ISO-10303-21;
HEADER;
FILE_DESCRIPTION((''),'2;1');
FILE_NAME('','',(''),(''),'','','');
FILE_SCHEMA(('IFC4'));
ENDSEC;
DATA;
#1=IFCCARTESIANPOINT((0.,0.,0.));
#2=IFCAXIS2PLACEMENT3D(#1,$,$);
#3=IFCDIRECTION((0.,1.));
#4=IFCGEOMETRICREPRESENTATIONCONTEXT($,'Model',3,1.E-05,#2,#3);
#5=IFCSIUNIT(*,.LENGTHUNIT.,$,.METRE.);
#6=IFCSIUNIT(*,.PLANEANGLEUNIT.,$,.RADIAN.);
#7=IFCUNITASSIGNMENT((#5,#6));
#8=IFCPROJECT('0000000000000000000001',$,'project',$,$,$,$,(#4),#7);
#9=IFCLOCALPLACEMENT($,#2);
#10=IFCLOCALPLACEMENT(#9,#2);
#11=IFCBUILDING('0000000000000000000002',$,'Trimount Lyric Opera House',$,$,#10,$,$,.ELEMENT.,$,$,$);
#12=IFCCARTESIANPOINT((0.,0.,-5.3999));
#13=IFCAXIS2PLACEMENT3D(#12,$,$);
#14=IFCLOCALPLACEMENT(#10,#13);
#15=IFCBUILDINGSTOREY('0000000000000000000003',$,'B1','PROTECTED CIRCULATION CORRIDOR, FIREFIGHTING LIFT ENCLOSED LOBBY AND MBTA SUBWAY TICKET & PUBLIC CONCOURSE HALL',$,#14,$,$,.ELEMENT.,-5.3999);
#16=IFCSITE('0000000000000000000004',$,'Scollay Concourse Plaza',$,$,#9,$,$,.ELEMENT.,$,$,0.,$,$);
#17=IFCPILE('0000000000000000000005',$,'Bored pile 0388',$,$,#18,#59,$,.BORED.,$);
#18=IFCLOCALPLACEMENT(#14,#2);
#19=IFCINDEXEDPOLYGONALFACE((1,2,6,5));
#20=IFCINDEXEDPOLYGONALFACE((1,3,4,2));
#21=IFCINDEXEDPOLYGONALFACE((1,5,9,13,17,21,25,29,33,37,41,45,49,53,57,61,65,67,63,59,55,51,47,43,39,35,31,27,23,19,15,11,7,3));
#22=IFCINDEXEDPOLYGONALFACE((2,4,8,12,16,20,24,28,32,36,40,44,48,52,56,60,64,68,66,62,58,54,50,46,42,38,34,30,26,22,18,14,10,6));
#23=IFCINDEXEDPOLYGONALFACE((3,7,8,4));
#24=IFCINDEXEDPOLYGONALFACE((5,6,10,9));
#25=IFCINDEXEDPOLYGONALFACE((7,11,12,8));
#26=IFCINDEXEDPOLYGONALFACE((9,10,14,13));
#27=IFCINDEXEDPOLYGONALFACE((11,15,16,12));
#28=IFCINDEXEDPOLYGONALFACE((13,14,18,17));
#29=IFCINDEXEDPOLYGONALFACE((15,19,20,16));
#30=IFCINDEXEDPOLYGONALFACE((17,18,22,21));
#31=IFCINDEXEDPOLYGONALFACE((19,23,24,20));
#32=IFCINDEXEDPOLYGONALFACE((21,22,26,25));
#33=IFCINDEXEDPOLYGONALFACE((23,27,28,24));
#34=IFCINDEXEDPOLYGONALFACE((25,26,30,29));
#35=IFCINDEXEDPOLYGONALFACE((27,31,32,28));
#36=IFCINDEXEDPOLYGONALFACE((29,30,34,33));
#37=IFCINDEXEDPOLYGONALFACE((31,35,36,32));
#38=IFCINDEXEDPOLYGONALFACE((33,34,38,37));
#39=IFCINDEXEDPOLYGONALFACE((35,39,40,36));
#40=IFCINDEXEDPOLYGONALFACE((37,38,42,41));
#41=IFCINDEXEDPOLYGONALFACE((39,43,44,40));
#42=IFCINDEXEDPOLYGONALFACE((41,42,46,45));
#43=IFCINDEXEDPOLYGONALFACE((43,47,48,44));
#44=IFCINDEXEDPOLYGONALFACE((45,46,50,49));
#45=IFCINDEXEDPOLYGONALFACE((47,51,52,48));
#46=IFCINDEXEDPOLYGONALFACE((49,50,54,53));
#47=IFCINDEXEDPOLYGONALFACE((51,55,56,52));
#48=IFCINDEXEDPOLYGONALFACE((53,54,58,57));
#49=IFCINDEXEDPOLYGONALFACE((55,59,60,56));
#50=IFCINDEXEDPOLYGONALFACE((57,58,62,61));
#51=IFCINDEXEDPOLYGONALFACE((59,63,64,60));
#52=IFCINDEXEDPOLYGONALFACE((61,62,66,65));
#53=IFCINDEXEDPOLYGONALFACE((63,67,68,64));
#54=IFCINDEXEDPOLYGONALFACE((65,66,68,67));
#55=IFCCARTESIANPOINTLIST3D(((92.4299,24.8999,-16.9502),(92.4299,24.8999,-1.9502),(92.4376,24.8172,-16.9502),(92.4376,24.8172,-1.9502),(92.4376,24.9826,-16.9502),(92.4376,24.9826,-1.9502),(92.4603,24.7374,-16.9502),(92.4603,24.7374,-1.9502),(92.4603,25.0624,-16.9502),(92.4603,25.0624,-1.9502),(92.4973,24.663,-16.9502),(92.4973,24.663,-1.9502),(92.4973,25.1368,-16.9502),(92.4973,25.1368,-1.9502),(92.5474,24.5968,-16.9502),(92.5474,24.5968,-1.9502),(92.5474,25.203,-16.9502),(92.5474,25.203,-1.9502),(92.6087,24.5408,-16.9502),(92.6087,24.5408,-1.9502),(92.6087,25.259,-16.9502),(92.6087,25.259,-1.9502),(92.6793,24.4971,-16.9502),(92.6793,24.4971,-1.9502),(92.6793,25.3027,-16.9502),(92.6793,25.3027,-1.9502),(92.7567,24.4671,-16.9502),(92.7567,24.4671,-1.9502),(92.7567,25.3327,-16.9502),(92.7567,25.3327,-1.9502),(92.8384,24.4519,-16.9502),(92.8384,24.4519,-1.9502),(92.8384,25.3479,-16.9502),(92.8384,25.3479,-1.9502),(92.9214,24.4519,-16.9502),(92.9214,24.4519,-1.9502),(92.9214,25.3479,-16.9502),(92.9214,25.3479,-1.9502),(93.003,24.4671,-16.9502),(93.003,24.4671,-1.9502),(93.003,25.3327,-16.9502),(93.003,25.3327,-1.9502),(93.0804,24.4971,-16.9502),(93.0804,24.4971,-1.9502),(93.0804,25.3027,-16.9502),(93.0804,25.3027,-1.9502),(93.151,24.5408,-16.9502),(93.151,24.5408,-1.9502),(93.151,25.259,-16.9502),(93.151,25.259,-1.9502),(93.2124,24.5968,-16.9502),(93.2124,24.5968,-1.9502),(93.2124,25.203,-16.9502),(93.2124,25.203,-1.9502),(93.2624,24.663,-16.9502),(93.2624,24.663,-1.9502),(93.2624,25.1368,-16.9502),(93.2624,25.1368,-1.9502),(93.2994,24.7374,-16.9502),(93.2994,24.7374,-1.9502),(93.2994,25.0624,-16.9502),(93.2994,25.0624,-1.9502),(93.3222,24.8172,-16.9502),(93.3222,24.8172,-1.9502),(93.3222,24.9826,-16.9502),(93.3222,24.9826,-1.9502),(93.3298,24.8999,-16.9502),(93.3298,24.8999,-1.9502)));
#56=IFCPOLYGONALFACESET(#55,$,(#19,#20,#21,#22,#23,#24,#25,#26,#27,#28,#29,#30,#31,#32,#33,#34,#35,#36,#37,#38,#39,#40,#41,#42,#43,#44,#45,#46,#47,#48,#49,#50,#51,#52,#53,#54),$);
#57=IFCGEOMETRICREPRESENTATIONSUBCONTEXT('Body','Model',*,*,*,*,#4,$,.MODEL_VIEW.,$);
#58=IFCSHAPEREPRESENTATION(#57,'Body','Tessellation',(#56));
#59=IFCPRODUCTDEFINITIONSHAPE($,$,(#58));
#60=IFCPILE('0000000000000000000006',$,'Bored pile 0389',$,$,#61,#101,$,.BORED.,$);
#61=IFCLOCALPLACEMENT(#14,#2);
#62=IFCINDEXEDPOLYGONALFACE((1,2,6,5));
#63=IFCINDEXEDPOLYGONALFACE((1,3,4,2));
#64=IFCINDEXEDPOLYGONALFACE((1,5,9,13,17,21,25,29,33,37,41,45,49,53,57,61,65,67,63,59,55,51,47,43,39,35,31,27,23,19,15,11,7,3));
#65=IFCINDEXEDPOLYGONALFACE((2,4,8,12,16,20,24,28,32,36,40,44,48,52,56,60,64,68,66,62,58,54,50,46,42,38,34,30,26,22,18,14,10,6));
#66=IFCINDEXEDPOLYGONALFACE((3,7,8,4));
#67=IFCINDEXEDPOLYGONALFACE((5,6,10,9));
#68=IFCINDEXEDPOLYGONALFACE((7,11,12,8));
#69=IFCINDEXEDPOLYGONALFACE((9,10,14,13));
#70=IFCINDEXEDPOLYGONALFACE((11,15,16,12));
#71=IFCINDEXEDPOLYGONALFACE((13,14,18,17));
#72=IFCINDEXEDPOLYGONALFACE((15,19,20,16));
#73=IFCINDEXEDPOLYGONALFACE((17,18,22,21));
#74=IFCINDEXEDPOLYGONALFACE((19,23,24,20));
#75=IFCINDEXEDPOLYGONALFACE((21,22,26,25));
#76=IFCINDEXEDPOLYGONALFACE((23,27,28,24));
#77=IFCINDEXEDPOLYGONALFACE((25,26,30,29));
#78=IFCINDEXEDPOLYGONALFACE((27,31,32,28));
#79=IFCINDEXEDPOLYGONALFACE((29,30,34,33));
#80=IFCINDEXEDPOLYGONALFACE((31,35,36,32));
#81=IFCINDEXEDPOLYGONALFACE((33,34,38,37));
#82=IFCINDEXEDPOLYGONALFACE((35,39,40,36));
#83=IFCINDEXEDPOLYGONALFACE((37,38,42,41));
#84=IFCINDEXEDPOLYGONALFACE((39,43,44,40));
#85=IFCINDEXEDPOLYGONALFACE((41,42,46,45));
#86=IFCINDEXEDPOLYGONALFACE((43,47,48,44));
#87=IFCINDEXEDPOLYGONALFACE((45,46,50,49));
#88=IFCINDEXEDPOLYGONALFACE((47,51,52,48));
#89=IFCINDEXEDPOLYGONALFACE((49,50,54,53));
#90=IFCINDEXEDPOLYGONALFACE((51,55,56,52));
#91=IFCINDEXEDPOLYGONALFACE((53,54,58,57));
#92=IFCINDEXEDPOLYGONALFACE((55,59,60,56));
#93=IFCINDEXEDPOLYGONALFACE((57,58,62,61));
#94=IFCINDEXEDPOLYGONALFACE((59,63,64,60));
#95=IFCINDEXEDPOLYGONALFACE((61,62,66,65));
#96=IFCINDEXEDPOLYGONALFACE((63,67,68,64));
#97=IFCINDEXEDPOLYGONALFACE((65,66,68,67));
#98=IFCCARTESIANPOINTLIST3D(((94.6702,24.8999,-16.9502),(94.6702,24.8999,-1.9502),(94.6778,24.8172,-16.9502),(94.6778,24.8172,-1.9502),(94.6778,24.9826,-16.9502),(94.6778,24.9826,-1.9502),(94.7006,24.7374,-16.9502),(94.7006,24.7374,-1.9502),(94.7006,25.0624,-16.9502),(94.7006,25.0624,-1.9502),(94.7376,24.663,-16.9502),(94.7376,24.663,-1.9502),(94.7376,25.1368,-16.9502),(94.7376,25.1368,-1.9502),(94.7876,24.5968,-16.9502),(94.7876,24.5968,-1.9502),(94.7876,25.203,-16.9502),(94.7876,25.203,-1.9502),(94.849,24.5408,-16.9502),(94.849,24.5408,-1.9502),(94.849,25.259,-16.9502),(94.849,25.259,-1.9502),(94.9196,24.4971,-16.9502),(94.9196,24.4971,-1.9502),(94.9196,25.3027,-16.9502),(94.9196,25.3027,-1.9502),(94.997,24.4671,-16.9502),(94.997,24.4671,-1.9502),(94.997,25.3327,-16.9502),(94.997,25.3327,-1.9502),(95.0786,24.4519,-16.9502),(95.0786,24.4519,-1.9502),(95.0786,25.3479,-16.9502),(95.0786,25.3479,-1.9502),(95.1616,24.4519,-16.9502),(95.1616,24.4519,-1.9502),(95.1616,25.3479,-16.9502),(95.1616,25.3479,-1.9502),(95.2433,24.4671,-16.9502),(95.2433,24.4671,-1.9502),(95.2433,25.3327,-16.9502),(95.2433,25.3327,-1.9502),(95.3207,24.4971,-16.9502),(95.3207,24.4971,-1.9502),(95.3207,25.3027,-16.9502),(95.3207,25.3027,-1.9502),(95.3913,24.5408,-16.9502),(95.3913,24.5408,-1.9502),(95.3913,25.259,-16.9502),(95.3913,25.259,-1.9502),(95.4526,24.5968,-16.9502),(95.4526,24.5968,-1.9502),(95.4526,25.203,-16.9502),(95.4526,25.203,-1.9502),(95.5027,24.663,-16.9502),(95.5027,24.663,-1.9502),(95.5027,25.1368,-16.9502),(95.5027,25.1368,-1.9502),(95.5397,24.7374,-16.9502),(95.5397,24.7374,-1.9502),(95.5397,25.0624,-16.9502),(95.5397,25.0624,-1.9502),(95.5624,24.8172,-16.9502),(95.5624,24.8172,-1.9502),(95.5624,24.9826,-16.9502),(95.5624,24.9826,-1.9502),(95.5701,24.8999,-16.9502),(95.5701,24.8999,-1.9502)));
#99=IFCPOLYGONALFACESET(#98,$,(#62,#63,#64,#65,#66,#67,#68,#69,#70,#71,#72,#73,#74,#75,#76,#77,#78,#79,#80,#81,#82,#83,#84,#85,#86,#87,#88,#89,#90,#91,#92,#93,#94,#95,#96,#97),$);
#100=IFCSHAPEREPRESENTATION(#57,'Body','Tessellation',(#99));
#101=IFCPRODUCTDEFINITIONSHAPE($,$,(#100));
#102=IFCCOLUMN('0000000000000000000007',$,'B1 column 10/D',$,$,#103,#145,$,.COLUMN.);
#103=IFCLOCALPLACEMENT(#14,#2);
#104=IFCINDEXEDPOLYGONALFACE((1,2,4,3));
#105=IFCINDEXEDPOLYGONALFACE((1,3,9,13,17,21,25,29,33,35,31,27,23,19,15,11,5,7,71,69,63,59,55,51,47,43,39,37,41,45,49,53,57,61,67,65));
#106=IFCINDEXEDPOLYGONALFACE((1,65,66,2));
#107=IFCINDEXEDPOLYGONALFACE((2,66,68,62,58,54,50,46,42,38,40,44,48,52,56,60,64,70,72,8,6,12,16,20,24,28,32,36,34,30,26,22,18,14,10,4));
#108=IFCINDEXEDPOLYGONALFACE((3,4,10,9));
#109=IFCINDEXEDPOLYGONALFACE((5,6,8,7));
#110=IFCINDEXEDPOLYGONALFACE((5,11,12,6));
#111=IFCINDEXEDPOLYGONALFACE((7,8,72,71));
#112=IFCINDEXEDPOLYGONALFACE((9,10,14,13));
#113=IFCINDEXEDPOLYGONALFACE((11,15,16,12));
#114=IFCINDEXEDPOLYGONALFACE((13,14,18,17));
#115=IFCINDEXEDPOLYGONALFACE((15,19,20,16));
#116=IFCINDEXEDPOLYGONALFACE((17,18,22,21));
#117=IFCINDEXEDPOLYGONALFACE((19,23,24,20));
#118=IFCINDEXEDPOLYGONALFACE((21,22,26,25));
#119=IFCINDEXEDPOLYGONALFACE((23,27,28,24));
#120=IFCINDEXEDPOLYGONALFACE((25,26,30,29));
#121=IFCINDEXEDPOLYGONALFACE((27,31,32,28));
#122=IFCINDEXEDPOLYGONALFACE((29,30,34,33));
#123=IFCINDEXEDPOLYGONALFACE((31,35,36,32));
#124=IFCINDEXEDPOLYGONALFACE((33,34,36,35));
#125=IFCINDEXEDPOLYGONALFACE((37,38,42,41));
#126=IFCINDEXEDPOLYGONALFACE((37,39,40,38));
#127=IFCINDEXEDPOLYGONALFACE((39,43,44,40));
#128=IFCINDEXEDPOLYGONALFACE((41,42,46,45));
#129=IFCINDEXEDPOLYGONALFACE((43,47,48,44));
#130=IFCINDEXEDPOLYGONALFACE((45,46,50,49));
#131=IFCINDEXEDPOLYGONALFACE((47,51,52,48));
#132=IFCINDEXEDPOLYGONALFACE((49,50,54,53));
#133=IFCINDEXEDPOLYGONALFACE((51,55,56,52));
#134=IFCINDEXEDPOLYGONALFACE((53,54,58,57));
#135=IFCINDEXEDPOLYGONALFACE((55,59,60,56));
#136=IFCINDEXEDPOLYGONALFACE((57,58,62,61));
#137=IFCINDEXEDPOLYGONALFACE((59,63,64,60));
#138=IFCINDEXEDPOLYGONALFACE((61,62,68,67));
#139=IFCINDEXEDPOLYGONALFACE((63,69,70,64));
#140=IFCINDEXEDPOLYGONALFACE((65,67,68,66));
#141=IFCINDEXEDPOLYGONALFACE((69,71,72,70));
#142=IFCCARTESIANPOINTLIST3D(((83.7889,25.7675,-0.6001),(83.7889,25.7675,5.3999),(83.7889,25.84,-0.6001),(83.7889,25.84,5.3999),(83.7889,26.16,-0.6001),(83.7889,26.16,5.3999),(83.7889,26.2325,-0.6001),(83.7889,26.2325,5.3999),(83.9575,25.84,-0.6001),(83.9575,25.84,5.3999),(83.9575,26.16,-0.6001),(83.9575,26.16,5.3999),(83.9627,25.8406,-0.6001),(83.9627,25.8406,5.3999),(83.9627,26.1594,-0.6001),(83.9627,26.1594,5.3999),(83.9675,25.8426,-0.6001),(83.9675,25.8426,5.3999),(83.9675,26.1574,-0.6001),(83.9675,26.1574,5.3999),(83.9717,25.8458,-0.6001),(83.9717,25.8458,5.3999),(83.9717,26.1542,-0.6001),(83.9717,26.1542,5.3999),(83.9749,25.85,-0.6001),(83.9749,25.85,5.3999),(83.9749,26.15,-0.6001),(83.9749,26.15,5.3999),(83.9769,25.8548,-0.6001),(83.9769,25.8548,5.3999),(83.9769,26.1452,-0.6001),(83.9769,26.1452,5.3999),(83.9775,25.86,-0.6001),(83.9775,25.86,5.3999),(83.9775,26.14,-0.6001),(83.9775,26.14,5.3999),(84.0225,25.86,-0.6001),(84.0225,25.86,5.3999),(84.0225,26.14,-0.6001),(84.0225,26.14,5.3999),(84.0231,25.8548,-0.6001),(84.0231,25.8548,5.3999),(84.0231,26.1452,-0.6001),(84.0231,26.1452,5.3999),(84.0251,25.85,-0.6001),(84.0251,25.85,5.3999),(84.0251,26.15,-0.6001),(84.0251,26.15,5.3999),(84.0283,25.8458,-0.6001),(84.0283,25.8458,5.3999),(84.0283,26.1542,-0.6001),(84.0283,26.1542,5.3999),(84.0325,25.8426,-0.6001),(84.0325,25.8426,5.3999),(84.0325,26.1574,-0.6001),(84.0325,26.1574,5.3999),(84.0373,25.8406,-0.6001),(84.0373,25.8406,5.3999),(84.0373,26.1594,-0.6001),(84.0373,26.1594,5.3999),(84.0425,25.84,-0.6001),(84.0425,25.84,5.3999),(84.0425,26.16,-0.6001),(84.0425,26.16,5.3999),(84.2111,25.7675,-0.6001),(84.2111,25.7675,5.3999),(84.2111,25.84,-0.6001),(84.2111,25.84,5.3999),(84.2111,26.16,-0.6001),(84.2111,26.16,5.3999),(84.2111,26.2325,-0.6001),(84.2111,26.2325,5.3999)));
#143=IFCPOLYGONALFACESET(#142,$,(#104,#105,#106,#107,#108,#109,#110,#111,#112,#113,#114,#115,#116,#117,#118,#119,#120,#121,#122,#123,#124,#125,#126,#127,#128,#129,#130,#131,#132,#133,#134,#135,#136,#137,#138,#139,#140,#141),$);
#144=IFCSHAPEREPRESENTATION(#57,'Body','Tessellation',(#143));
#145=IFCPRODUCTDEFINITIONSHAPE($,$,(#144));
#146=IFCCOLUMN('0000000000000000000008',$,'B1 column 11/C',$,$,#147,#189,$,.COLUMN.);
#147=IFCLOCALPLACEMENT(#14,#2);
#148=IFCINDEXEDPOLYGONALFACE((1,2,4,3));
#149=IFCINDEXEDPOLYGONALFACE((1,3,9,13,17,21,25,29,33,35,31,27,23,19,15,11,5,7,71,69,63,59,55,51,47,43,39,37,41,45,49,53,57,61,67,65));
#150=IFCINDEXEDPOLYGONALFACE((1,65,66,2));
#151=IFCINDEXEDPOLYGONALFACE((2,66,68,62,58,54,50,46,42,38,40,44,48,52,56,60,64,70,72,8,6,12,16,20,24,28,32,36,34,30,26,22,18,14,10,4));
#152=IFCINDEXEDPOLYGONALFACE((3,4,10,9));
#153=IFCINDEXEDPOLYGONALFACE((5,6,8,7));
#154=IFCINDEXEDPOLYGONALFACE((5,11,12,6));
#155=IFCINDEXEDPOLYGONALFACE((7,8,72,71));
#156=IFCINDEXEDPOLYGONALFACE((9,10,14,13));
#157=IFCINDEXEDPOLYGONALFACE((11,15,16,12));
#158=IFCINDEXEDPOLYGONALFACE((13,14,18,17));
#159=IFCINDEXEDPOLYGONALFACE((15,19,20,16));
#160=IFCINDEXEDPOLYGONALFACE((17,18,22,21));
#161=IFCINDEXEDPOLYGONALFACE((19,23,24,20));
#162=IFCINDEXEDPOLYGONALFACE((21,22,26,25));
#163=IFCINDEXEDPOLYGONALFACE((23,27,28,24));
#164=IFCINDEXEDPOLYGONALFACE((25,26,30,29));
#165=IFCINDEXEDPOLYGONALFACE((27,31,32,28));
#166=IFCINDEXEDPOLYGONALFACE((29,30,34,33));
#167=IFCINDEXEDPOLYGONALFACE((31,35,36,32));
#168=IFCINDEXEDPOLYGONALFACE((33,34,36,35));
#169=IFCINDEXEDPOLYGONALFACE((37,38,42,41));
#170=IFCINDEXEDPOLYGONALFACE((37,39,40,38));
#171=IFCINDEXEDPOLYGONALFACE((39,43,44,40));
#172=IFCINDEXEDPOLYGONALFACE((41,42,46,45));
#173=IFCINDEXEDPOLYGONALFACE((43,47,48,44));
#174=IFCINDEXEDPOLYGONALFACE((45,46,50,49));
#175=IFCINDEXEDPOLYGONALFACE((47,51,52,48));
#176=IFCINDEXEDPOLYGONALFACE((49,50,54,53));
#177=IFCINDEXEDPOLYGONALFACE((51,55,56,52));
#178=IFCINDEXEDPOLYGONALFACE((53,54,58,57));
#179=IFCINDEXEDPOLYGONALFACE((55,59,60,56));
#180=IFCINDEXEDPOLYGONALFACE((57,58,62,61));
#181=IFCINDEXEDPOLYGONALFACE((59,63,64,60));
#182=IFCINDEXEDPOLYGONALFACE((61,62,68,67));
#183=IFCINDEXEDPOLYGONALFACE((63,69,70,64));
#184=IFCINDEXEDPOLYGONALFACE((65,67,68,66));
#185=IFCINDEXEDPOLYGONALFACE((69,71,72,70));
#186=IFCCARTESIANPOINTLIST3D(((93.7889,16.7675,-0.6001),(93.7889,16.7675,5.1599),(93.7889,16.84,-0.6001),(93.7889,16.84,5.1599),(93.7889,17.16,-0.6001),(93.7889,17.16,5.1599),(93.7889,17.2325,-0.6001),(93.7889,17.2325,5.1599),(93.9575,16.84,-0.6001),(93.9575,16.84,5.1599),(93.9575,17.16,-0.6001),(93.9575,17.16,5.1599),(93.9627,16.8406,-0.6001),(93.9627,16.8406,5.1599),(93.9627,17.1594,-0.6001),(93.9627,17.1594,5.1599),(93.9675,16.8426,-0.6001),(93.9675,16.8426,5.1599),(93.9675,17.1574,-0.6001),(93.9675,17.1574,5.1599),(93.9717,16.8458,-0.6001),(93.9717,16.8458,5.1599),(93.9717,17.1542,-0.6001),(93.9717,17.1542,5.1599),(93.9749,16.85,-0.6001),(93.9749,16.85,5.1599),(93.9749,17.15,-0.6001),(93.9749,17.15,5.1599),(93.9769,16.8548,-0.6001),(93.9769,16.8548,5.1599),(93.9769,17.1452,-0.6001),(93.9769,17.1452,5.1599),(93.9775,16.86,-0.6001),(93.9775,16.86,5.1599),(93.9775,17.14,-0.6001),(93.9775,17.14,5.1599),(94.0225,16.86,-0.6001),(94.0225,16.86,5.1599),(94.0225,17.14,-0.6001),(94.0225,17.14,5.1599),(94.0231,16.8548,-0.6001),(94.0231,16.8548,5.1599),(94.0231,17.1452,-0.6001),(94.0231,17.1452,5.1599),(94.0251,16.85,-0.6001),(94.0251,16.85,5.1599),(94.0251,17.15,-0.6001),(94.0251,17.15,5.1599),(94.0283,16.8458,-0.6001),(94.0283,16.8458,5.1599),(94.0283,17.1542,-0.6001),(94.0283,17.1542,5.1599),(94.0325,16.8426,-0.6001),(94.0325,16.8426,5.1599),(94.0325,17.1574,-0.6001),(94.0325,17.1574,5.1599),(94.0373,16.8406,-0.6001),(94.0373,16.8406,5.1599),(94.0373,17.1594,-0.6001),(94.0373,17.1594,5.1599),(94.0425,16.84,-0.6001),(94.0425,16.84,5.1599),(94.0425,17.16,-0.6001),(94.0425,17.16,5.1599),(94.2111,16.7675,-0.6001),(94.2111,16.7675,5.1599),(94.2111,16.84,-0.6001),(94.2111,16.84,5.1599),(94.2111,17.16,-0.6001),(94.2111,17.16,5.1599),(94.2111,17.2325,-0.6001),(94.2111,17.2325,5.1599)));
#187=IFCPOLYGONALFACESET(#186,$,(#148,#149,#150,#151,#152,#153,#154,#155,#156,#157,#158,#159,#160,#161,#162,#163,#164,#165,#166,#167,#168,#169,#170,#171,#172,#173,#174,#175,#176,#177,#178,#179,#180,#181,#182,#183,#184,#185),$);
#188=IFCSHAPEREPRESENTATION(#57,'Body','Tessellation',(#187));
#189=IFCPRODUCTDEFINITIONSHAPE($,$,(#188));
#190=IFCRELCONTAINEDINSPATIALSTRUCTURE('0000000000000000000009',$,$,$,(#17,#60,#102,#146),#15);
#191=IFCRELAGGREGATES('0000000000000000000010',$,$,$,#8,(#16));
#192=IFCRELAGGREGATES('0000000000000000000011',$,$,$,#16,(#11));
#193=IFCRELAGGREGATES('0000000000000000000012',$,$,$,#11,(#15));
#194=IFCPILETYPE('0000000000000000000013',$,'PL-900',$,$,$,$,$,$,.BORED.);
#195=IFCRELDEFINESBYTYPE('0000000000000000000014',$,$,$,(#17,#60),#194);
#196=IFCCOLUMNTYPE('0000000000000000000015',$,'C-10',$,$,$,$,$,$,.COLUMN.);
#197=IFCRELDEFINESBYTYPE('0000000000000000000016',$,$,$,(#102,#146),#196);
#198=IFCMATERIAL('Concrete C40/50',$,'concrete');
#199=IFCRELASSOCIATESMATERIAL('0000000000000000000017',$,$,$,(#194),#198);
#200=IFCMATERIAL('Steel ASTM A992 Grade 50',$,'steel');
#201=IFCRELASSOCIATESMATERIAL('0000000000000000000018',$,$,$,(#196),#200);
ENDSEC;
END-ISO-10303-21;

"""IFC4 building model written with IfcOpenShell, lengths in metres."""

from ifc_helpers import new_model, si_unit, direction, frame, origin, origin_2d, place, context, subcontext, project, spatial, circle, i_section, extrude, material, material_profile, profile_set, type_object, element, save


model = new_model("IFC4")

# Units and contexts
model_context = context("Model", 3, precision=1e-05, world=origin(), true_north=direction((0.0, 1.0)))
body_context = subcontext(model_context, "Body", "Model", "MODEL_VIEW")
ifc_project = project(units=[si_unit("LENGTHUNIT", "METRE"), si_unit("PLANEANGLEUNIT", "RADIAN")], contexts=[model_context])

# Site, building, storey
site_placement = place(None, origin())
site = spatial("IfcSite", under=ifc_project, at=site_placement, Name="Scollay Concourse Plaza", CompositionType="ELEMENT", RefElevation=0.0)
building_placement = place(site_placement, origin())
building = spatial("IfcBuilding", under=site, at=building_placement, Name="Trimount Lyric Opera House", CompositionType="ELEMENT")
storey_placement = place(building_placement, frame((0.0, 0.0, -5.3999)))
storey = spatial("IfcBuildingStorey", under=building, at=storey_placement, Name="B1", Description="PROTECTED CIRCULATION CORRIDOR, FIREFIGHTING LIFT ENCLOSED LOBBY AND MBTA SUBWAY TICKET & PUBLIC CONCOURSE HALL", CompositionType="ELEMENT", Elevation=-5.3999)

# Piles
ifc_material_1 = material(Name="Concrete C40/50", Category="concrete")
ifc_material_profile_1 = material_profile(ifc_material_1, circle(Radius=0.45, at=origin_2d()), Name="PILE-D900")
ifc_profile_set_1 = profile_set([ifc_material_profile_1], Name="Concrete C40/50")
pile_type_1 = type_object("IfcPileType", Name="PL-900", PredefinedType="BORED", material=ifc_profile_set_1)
for number, where, z_axis, x_axis, name in (
    (1, (92.8799, 24.8999, -1.9502), (0.0, 0.0, -1.0), (1.0, 0.0, 0.0), "Bored pile 0388"),
    (2, (95.1201, 24.8999, -1.9502), (0.0, 0.0, -1.0), (1.0, 0.0, 0.0), "Bored pile 0389"),
):
    element("IfcPile", number, at=place(storey_placement, frame(where, z_axis=z_axis, x_axis=x_axis)), inside=storey, type_object=pile_type_1, Name=name, PredefinedType="BORED", context=body_context, shape_type="SweptSolid", body=[
        extrude(circle(Radius=0.45, at=origin_2d()), origin(), (0.0, 0.0, 1.0), 15.0),
    ])

# Columns
ifc_material_2 = material(Name="Steel ASTM A992 Grade 50", Category="steel")
ifc_material_profile_2 = material_profile(ifc_material_2, i_section(OverallWidth=0.4221, OverallDepth=0.4651, WebThickness=0.0449, FlangeThickness=0.0725, FilletRadius=0.02, at=origin_2d()), Name="W14X398")
ifc_profile_set_2 = profile_set([ifc_material_profile_2], Name="Steel ASTM A992 Grade 50")
column_type_1 = type_object("IfcColumnType", Name="C-10", PredefinedType="COLUMN", material=ifc_profile_set_2)
column_1_placement = place(storey_placement, frame((84.0, 26.0, -0.6001), z_axis=(0.0, 0.0, 1.0), x_axis=(1.0, 0.0, 0.0)))
element("IfcColumn", 3, at=column_1_placement, inside=storey, type_object=column_type_1, Name="B1 column 10/D", PredefinedType="COLUMN", context=body_context, shape_type="SweptSolid", body=[
    extrude(i_section(OverallWidth=0.4221, OverallDepth=0.4651, WebThickness=0.0449, FlangeThickness=0.0725, FilletRadius=0.02, at=origin_2d()), origin(), (0.0, 0.0, 1.0), 6.0),
])
column_2_placement = place(storey_placement, frame((94.0, 17.0, -0.6001), z_axis=(0.0, 0.0, 1.0), x_axis=(1.0, 0.0, 0.0)))
element("IfcColumn", 4, at=column_2_placement, inside=storey, type_object=column_type_1, Name="B1 column 11/C", PredefinedType="COLUMN", context=body_context, shape_type="SweptSolid", body=[
    extrude(i_section(OverallWidth=0.4221, OverallDepth=0.4651, WebThickness=0.0449, FlangeThickness=0.0725, FilletRadius=0.02, at=origin_2d()), origin(), (0.0, 0.0, 1.0), 5.76),
])

save(model, "model.ifc")
